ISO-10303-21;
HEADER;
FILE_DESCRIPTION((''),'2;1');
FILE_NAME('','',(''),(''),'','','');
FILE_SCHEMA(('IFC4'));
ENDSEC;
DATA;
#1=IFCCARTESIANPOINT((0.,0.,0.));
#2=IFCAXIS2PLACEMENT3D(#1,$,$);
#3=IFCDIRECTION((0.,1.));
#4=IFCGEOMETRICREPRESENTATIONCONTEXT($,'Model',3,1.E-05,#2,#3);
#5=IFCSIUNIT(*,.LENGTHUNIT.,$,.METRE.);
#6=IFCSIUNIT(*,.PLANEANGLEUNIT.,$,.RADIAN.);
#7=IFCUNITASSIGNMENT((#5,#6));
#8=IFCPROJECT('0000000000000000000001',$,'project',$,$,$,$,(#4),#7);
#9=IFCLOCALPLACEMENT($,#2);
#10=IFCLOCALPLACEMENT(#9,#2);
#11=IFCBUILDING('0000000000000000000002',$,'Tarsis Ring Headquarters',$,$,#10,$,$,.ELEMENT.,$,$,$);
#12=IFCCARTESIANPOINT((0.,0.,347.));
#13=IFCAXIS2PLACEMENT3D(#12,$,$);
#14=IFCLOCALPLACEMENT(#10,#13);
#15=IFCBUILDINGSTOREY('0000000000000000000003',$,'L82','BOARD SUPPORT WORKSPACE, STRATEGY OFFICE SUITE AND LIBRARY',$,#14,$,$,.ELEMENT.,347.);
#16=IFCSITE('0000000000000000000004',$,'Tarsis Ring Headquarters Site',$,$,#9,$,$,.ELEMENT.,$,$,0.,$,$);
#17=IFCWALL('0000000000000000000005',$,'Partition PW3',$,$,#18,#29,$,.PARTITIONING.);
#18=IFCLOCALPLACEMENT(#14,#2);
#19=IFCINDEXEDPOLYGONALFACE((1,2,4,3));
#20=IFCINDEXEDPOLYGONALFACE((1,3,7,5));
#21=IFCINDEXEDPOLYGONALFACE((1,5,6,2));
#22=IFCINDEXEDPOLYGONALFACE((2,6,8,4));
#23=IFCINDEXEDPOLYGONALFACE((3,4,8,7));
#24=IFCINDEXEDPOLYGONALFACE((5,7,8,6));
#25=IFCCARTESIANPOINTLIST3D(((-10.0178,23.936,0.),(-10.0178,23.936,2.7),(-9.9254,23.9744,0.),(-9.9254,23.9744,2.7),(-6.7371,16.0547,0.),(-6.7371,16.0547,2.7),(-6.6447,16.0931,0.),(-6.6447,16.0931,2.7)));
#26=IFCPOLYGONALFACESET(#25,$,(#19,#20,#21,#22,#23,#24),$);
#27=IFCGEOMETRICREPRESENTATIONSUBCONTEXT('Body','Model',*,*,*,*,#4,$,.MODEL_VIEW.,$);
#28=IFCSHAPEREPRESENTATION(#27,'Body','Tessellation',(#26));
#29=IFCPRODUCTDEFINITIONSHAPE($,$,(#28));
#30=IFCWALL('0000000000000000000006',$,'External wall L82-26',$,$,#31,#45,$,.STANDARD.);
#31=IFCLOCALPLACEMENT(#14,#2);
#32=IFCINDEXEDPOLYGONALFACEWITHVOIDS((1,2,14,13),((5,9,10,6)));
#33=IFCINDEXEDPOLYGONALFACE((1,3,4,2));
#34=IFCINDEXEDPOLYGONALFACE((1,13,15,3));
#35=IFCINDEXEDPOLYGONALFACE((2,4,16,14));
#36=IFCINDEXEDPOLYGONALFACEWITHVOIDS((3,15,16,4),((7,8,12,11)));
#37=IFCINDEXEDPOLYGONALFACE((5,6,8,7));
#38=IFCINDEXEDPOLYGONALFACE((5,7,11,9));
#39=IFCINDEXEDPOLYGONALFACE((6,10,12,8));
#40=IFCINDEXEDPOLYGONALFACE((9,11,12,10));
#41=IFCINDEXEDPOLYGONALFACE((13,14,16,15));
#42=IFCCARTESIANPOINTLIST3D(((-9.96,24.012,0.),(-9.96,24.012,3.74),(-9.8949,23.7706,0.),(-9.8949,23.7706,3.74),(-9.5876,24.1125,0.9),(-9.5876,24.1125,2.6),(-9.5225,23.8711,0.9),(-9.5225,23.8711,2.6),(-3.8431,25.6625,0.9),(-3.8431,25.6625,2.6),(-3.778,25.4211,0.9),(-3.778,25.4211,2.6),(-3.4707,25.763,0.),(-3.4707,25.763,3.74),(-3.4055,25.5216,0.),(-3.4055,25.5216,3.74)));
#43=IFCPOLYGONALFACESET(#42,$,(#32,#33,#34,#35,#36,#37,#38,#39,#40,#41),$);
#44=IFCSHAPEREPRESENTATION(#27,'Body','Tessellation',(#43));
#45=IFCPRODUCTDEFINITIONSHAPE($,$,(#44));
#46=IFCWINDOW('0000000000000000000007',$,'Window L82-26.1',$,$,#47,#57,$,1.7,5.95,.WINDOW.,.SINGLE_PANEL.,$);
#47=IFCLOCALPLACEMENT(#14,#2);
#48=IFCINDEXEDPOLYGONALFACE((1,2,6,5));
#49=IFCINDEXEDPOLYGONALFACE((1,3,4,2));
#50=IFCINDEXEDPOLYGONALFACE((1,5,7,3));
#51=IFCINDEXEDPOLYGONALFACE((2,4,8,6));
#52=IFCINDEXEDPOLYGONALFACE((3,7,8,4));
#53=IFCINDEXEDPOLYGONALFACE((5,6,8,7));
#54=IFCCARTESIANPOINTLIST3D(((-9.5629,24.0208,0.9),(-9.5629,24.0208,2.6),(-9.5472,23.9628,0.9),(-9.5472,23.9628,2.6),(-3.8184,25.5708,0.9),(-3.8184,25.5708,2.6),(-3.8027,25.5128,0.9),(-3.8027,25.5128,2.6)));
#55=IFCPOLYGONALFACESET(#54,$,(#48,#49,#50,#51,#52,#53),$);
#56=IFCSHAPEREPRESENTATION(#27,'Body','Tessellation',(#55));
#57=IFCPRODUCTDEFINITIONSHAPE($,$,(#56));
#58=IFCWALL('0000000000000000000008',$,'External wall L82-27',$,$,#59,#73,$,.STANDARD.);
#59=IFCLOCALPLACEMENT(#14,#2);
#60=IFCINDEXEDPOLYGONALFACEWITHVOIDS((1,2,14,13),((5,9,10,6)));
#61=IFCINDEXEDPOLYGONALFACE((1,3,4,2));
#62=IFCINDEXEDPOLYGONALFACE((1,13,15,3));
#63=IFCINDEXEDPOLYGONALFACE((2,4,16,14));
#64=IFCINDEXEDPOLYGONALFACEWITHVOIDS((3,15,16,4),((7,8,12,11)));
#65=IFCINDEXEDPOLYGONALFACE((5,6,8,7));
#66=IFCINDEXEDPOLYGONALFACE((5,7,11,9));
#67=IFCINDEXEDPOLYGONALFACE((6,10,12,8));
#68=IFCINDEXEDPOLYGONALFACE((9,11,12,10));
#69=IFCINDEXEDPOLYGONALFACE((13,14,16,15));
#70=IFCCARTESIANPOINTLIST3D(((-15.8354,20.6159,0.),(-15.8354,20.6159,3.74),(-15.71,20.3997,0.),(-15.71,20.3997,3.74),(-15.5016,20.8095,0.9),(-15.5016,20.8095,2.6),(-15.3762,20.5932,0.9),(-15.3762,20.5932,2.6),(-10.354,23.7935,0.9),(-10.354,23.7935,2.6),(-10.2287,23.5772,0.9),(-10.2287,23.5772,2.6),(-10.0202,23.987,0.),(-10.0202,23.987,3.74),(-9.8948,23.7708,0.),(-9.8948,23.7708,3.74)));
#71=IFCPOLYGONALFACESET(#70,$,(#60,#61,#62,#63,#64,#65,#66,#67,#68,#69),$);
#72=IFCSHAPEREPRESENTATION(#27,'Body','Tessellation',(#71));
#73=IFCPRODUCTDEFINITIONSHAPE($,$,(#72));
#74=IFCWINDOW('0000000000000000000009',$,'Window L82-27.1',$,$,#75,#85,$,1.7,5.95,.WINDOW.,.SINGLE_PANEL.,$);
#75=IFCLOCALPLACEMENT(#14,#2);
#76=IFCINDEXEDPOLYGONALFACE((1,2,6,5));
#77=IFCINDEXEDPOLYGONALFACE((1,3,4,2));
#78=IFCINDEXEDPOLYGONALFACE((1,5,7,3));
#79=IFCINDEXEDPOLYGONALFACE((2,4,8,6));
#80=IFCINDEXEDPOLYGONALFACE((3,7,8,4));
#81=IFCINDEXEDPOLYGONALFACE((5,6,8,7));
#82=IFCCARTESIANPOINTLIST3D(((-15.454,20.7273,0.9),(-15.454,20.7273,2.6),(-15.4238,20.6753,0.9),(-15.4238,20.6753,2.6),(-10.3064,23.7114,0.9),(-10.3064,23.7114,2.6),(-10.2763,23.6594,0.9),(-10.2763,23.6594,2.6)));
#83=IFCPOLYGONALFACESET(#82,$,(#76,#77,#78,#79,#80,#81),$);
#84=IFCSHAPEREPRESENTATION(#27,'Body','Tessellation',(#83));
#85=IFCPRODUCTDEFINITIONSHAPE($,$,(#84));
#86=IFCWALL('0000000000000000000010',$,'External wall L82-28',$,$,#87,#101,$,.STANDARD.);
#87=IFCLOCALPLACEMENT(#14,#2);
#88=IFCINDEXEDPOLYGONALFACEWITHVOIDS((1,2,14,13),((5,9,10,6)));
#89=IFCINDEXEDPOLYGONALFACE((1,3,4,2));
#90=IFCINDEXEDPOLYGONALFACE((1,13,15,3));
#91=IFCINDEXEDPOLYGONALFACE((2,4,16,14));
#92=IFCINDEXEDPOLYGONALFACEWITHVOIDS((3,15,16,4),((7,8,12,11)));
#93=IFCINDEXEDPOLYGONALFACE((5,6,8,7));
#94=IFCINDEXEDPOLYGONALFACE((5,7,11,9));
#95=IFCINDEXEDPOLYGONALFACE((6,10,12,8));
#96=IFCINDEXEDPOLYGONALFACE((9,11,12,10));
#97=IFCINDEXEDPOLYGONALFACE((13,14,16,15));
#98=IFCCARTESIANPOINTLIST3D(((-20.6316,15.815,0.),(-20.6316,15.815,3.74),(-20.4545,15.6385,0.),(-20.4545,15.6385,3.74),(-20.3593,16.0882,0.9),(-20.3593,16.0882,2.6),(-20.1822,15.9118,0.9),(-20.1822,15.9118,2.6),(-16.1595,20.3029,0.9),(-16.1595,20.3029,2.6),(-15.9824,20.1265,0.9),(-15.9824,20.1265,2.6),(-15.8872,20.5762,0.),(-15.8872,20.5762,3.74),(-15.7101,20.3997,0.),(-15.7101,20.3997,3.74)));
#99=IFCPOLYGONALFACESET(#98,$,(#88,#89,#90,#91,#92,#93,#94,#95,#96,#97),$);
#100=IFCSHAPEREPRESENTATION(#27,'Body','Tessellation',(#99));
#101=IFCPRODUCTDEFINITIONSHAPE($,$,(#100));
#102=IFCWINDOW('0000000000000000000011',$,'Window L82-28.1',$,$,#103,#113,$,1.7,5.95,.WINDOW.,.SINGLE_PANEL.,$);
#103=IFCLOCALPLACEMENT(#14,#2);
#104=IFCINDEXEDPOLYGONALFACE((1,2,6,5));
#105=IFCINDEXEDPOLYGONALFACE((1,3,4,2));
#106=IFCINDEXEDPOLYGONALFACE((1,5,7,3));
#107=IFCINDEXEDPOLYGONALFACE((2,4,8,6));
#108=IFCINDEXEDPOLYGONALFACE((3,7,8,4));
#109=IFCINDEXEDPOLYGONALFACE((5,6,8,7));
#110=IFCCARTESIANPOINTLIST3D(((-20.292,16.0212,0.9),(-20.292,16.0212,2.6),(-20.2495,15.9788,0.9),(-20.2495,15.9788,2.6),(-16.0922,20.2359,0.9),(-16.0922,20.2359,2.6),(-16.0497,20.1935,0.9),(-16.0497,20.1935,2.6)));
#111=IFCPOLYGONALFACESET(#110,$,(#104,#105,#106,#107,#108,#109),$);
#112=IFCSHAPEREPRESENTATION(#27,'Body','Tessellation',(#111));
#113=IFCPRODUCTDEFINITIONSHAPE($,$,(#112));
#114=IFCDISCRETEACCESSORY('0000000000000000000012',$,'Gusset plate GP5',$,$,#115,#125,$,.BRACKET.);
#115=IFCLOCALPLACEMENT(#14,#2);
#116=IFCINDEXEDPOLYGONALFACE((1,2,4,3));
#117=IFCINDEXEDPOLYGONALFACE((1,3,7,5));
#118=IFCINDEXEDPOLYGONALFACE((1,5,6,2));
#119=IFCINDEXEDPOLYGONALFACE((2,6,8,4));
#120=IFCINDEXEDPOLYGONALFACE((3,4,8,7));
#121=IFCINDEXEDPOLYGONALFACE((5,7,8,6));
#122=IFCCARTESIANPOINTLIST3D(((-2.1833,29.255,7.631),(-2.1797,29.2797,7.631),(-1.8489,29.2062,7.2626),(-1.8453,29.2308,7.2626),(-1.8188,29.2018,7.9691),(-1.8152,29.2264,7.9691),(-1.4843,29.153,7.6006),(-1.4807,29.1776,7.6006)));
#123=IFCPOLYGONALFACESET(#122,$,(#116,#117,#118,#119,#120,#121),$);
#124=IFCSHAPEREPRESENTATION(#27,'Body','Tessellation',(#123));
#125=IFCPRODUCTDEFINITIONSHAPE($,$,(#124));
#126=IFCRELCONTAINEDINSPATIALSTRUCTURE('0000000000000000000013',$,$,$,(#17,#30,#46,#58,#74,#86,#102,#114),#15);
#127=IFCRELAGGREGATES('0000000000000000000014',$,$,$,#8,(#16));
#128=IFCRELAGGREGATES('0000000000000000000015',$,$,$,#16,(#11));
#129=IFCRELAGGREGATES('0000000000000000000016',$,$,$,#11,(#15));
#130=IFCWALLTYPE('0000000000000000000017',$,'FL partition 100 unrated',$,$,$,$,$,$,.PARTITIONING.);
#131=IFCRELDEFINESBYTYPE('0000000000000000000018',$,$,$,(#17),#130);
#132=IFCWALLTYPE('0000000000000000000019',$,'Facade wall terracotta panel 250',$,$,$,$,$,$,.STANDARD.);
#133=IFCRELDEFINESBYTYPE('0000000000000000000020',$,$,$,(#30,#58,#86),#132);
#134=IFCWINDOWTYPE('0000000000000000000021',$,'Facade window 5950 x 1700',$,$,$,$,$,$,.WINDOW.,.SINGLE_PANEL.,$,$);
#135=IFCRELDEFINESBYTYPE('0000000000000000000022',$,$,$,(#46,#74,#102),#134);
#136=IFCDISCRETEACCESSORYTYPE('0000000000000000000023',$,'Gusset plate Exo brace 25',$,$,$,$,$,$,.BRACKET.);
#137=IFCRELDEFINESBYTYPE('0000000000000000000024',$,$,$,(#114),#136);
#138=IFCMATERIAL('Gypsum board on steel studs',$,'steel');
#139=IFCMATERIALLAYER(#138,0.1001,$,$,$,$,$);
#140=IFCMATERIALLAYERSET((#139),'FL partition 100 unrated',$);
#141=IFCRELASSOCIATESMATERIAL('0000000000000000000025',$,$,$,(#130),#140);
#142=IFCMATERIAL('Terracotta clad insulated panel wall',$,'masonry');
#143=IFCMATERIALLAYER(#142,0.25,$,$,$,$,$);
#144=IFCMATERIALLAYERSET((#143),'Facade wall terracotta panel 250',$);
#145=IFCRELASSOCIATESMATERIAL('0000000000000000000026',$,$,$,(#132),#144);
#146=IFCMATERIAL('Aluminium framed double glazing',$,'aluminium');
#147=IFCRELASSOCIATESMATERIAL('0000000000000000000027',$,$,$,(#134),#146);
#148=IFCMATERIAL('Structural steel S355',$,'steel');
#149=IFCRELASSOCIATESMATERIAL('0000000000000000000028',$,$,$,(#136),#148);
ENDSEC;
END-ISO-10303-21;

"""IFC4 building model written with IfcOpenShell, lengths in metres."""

from ifc_helpers import new_model, si_unit, direction, frame, frame_2d, origin, origin_2d, place, context, subcontext, project, spatial, rectangle, extrude, material, layer, layer_set, material_profile, profile_set, type_object, element, fill, save


model = new_model("IFC4")

# Units and contexts
model_context = context("Model", 3, precision=1e-05, world=origin(), true_north=direction((0.0, 1.0)))
body_context = subcontext(model_context, "Body", "Model", "MODEL_VIEW")
ifc_project = project(units=[si_unit("LENGTHUNIT", "METRE"), si_unit("PLANEANGLEUNIT", "RADIAN")], contexts=[model_context])

# Site, building, storey
site_placement = place(None, origin())
site = spatial("IfcSite", under=ifc_project, at=site_placement, Name="Tarsis Ring Headquarters Site", CompositionType="ELEMENT", RefElevation=0.0)
building_placement = place(site_placement, origin())
building = spatial("IfcBuilding", under=site, at=building_placement, Name="Tarsis Ring Headquarters", CompositionType="ELEMENT")
storey_placement = place(building_placement, frame((0.0, 0.0, 347.0)))
storey = spatial("IfcBuildingStorey", under=building, at=storey_placement, Name="L82", Description="BOARD SUPPORT WORKSPACE, STRATEGY OFFICE SUITE AND LIBRARY", CompositionType="ELEMENT", Elevation=347.0)

# Shared definitions
ifc_material_1 = material(Name="Structural steel S355", Category="steel")

# Wall
ifc_material_2 = material(Name="Gypsum board on steel studs", Category="steel")
ifc_layer_1 = layer(ifc_material_2, 0.1001)
ifc_layer_set_1 = layer_set([ifc_layer_1], Name="FL partition 100 unrated")
wall_type_1 = type_object("IfcWallType", Name="FL partition 100 unrated", PredefinedType="PARTITIONING", material=ifc_layer_set_1)
wall_1_placement = place(storey_placement, frame((-9.9717, 23.9553, 0.0), z_axis=(0.0, 0.0, 1.0), x_axis=(0.384303, -0.923207, 0.0)))
element("IfcWall", 1, at=wall_1_placement, inside=storey, type_object=wall_type_1, Name="Partition PW3", PredefinedType="PARTITIONING", context=body_context, shape_type="SweptSolid", body=[
    extrude(rectangle(XDim=8.5369, YDim=0.1001, at=frame_2d((4.2686, 0.0))), origin(), (0.0, 0.0, 1.0), 2.7),
])

# Walls, openings, windows
ifc_material_3 = material(Name="Terracotta clad insulated panel wall", Category="masonry")
ifc_layer_2 = layer(ifc_material_3, 0.25)
ifc_layer_set_2 = layer_set([ifc_layer_2], Name="Facade wall terracotta panel 250")
wall_type_2 = type_object("IfcWallType", Name="Facade wall terracotta panel 250", PredefinedType="STANDARD", material=ifc_layer_set_2)
wall_2_placement = place(storey_placement, frame((-3.438, 25.6423, 0.0), z_axis=(0.0, 0.0, 1.0), x_axis=(-0.965471, -0.26051, 0.0)))
wall_2 = element("IfcWall", 2, at=wall_2_placement, inside=storey, type_object=wall_type_2, Name="External wall L82-26", PredefinedType="STANDARD", context=body_context, shape_type="SweptSolid", body=[
    extrude(rectangle(XDim=6.7214, YDim=0.25, at=frame_2d((3.3608, 0.0))), origin(), (0.0, 0.0, 1.0), 3.74),
])
opening_1_placement = place(wall_2_placement, frame((0.3857, 0.0, 0.8999)))
opening_1 = element("IfcOpeningElement", 3, at=opening_1_placement, cuts=wall_2, PredefinedType="OPENING", context=body_context, shape_type="SweptSolid", body=[
    extrude(rectangle(XDim=5.95, YDim=1.7, at=frame_2d((2.9751, 0.8501))), frame((0.0, 0.135, 0.0), z_axis=(0.0, -1.0, 0.0), x_axis=(1.0, 0.0, 0.0)), (0.0, 0.0, 1.0), 0.27),
])
ifc_material_4 = material(Name="Aluminium framed double glazing", Category="aluminium")
window_type = type_object("IfcWindowType", Name="Facade window 5950 x 1700", PartitioningType="SINGLE_PANEL", PredefinedType="WINDOW", material=ifc_material_4)
window_1_placement = place(opening_1_placement, origin())
window_1 = element("IfcWindow", 4, at=window_1_placement, inside=storey, type_object=window_type, Name="Window L82-26.1", OverallHeight=1.7, OverallWidth=5.95, PartitioningType="SINGLE_PANEL", PredefinedType="WINDOW", context=body_context, shape_type="SweptSolid", body=[
    extrude(rectangle(XDim=5.95, YDim=1.7, at=frame_2d((2.9751, 0.8501))), frame((0.0, 0.03, 0.0), z_axis=(0.0, -1.0, 0.0), x_axis=(1.0, 0.0, 0.0)), (0.0, 0.0, 1.0), 0.0601),
])
fill(opening_1, window_1)
wall_3_placement = place(storey_placement, frame((-9.9575, 23.8789, 0.0), z_axis=(0.0, 0.0, 1.0), x_axis=(-0.865142, -0.501527, 0.0)))
wall_3 = element("IfcWall", 5, at=wall_3_placement, inside=storey, type_object=wall_type_2, Name="External wall L82-27", PredefinedType="STANDARD", context=body_context, shape_type="SweptSolid", body=[
    extrude(rectangle(XDim=6.7217, YDim=0.25, at=frame_2d((3.3608, 0.0))), origin(), (0.0, 0.0, 1.0), 3.74),
])
opening_2_placement = place(wall_3_placement, frame((0.3857, 0.0, 0.8999)))
opening_2 = element("IfcOpeningElement", 6, at=opening_2_placement, cuts=wall_3, PredefinedType="OPENING", context=body_context, shape_type="SweptSolid", body=[
    extrude(rectangle(XDim=5.95, YDim=1.7, at=frame_2d((2.9751, 0.8501))), frame((0.0, 0.135, 0.0), z_axis=(0.0, -1.0, 0.0), x_axis=(1.0, 0.0, 0.0)), (0.0, 0.0, 1.0), 0.27),
])
window_2_placement = place(opening_2_placement, origin())
window_2 = element("IfcWindow", 7, at=window_2_placement, inside=storey, type_object=window_type, Name="Window L82-27.1", OverallHeight=1.7, OverallWidth=5.95, PartitioningType="SINGLE_PANEL", PredefinedType="WINDOW", context=body_context, shape_type="SweptSolid", body=[
    extrude(rectangle(XDim=5.95, YDim=1.7, at=frame_2d((2.9751, 0.8501))), frame((0.0, 0.03, 0.0), z_axis=(0.0, -1.0, 0.0), x_axis=(1.0, 0.0, 0.0)), (0.0, 0.0, 1.0), 0.0601),
])
fill(opening_2, window_2)
wall_4_placement = place(storey_placement, frame((-15.7986, 20.488, 0.0), z_axis=(0.0, 0.0, 1.0), x_axis=(-0.705853, -0.708359, 0.0)))
wall_4 = element("IfcWall", 8, at=wall_4_placement, inside=storey, type_object=wall_type_2, Name="External wall L82-28", PredefinedType="STANDARD", context=body_context, shape_type="SweptSolid", body=[
    extrude(rectangle(XDim=6.7214, YDim=0.25, at=frame_2d((3.3608, 0.0))), origin(), (0.0, 0.0, 1.0), 3.74),
])
opening_3_placement = place(wall_4_placement, frame((0.3857, 0.0, 0.8999)))
opening_3 = element("IfcOpeningElement", 9, at=opening_3_placement, cuts=wall_4, PredefinedType="OPENING", context=body_context, shape_type="SweptSolid", body=[
    extrude(rectangle(XDim=5.95, YDim=1.7, at=frame_2d((2.9751, 0.8501))), frame((0.0, 0.135, 0.0), z_axis=(0.0, -1.0, 0.0), x_axis=(1.0, 0.0, 0.0)), (0.0, 0.0, 1.0), 0.27),
])
window_3_placement = place(opening_3_placement, origin())
window_3 = element("IfcWindow", 10, at=window_3_placement, inside=storey, type_object=window_type, Name="Window L82-28.1", OverallHeight=1.7, OverallWidth=5.95, PartitioningType="SINGLE_PANEL", PredefinedType="WINDOW", context=body_context, shape_type="SweptSolid", body=[
    extrude(rectangle(XDim=5.95, YDim=1.7, at=frame_2d((2.9751, 0.8501))), frame((0.0, 0.03, 0.0), z_axis=(0.0, -1.0, 0.0), x_axis=(1.0, 0.0, 0.0)), (0.0, 0.0, 1.0), 0.0601),
])
fill(opening_3, window_3)

# Discrete accessory
ifc_material_profile_1 = material_profile(ifc_material_1, rectangle(XDim=0.0249, YDim=0.5, at=origin_2d()), Name="PL 25x500")
ifc_profile_set_1 = profile_set([ifc_material_profile_1], Name="Structural steel S355")
discrete_accessory_type = type_object("IfcDiscreteAccessoryType", Name="Gusset plate Exo brace 25", PredefinedType="BRACKET", material=ifc_profile_set_1)
discrete_accessory_placement = place(storey_placement, frame((-1.9993, 29.2407, 7.8), z_axis=(0.668971, -0.09766, -0.736845), x_axis=(0.144454, 0.989511, 0.0)))
element("IfcDiscreteAccessory", 11, at=discrete_accessory_placement, inside=storey, type_object=discrete_accessory_type, Name="Gusset plate GP5", PredefinedType="BRACKET", context=body_context, shape_type="SweptSolid", body=[
    extrude(rectangle(XDim=0.0249, YDim=0.5, at=origin_2d()), origin(), (0.0, 0.0, 1.0), 0.5),
])

save(model, "model.ifc")
